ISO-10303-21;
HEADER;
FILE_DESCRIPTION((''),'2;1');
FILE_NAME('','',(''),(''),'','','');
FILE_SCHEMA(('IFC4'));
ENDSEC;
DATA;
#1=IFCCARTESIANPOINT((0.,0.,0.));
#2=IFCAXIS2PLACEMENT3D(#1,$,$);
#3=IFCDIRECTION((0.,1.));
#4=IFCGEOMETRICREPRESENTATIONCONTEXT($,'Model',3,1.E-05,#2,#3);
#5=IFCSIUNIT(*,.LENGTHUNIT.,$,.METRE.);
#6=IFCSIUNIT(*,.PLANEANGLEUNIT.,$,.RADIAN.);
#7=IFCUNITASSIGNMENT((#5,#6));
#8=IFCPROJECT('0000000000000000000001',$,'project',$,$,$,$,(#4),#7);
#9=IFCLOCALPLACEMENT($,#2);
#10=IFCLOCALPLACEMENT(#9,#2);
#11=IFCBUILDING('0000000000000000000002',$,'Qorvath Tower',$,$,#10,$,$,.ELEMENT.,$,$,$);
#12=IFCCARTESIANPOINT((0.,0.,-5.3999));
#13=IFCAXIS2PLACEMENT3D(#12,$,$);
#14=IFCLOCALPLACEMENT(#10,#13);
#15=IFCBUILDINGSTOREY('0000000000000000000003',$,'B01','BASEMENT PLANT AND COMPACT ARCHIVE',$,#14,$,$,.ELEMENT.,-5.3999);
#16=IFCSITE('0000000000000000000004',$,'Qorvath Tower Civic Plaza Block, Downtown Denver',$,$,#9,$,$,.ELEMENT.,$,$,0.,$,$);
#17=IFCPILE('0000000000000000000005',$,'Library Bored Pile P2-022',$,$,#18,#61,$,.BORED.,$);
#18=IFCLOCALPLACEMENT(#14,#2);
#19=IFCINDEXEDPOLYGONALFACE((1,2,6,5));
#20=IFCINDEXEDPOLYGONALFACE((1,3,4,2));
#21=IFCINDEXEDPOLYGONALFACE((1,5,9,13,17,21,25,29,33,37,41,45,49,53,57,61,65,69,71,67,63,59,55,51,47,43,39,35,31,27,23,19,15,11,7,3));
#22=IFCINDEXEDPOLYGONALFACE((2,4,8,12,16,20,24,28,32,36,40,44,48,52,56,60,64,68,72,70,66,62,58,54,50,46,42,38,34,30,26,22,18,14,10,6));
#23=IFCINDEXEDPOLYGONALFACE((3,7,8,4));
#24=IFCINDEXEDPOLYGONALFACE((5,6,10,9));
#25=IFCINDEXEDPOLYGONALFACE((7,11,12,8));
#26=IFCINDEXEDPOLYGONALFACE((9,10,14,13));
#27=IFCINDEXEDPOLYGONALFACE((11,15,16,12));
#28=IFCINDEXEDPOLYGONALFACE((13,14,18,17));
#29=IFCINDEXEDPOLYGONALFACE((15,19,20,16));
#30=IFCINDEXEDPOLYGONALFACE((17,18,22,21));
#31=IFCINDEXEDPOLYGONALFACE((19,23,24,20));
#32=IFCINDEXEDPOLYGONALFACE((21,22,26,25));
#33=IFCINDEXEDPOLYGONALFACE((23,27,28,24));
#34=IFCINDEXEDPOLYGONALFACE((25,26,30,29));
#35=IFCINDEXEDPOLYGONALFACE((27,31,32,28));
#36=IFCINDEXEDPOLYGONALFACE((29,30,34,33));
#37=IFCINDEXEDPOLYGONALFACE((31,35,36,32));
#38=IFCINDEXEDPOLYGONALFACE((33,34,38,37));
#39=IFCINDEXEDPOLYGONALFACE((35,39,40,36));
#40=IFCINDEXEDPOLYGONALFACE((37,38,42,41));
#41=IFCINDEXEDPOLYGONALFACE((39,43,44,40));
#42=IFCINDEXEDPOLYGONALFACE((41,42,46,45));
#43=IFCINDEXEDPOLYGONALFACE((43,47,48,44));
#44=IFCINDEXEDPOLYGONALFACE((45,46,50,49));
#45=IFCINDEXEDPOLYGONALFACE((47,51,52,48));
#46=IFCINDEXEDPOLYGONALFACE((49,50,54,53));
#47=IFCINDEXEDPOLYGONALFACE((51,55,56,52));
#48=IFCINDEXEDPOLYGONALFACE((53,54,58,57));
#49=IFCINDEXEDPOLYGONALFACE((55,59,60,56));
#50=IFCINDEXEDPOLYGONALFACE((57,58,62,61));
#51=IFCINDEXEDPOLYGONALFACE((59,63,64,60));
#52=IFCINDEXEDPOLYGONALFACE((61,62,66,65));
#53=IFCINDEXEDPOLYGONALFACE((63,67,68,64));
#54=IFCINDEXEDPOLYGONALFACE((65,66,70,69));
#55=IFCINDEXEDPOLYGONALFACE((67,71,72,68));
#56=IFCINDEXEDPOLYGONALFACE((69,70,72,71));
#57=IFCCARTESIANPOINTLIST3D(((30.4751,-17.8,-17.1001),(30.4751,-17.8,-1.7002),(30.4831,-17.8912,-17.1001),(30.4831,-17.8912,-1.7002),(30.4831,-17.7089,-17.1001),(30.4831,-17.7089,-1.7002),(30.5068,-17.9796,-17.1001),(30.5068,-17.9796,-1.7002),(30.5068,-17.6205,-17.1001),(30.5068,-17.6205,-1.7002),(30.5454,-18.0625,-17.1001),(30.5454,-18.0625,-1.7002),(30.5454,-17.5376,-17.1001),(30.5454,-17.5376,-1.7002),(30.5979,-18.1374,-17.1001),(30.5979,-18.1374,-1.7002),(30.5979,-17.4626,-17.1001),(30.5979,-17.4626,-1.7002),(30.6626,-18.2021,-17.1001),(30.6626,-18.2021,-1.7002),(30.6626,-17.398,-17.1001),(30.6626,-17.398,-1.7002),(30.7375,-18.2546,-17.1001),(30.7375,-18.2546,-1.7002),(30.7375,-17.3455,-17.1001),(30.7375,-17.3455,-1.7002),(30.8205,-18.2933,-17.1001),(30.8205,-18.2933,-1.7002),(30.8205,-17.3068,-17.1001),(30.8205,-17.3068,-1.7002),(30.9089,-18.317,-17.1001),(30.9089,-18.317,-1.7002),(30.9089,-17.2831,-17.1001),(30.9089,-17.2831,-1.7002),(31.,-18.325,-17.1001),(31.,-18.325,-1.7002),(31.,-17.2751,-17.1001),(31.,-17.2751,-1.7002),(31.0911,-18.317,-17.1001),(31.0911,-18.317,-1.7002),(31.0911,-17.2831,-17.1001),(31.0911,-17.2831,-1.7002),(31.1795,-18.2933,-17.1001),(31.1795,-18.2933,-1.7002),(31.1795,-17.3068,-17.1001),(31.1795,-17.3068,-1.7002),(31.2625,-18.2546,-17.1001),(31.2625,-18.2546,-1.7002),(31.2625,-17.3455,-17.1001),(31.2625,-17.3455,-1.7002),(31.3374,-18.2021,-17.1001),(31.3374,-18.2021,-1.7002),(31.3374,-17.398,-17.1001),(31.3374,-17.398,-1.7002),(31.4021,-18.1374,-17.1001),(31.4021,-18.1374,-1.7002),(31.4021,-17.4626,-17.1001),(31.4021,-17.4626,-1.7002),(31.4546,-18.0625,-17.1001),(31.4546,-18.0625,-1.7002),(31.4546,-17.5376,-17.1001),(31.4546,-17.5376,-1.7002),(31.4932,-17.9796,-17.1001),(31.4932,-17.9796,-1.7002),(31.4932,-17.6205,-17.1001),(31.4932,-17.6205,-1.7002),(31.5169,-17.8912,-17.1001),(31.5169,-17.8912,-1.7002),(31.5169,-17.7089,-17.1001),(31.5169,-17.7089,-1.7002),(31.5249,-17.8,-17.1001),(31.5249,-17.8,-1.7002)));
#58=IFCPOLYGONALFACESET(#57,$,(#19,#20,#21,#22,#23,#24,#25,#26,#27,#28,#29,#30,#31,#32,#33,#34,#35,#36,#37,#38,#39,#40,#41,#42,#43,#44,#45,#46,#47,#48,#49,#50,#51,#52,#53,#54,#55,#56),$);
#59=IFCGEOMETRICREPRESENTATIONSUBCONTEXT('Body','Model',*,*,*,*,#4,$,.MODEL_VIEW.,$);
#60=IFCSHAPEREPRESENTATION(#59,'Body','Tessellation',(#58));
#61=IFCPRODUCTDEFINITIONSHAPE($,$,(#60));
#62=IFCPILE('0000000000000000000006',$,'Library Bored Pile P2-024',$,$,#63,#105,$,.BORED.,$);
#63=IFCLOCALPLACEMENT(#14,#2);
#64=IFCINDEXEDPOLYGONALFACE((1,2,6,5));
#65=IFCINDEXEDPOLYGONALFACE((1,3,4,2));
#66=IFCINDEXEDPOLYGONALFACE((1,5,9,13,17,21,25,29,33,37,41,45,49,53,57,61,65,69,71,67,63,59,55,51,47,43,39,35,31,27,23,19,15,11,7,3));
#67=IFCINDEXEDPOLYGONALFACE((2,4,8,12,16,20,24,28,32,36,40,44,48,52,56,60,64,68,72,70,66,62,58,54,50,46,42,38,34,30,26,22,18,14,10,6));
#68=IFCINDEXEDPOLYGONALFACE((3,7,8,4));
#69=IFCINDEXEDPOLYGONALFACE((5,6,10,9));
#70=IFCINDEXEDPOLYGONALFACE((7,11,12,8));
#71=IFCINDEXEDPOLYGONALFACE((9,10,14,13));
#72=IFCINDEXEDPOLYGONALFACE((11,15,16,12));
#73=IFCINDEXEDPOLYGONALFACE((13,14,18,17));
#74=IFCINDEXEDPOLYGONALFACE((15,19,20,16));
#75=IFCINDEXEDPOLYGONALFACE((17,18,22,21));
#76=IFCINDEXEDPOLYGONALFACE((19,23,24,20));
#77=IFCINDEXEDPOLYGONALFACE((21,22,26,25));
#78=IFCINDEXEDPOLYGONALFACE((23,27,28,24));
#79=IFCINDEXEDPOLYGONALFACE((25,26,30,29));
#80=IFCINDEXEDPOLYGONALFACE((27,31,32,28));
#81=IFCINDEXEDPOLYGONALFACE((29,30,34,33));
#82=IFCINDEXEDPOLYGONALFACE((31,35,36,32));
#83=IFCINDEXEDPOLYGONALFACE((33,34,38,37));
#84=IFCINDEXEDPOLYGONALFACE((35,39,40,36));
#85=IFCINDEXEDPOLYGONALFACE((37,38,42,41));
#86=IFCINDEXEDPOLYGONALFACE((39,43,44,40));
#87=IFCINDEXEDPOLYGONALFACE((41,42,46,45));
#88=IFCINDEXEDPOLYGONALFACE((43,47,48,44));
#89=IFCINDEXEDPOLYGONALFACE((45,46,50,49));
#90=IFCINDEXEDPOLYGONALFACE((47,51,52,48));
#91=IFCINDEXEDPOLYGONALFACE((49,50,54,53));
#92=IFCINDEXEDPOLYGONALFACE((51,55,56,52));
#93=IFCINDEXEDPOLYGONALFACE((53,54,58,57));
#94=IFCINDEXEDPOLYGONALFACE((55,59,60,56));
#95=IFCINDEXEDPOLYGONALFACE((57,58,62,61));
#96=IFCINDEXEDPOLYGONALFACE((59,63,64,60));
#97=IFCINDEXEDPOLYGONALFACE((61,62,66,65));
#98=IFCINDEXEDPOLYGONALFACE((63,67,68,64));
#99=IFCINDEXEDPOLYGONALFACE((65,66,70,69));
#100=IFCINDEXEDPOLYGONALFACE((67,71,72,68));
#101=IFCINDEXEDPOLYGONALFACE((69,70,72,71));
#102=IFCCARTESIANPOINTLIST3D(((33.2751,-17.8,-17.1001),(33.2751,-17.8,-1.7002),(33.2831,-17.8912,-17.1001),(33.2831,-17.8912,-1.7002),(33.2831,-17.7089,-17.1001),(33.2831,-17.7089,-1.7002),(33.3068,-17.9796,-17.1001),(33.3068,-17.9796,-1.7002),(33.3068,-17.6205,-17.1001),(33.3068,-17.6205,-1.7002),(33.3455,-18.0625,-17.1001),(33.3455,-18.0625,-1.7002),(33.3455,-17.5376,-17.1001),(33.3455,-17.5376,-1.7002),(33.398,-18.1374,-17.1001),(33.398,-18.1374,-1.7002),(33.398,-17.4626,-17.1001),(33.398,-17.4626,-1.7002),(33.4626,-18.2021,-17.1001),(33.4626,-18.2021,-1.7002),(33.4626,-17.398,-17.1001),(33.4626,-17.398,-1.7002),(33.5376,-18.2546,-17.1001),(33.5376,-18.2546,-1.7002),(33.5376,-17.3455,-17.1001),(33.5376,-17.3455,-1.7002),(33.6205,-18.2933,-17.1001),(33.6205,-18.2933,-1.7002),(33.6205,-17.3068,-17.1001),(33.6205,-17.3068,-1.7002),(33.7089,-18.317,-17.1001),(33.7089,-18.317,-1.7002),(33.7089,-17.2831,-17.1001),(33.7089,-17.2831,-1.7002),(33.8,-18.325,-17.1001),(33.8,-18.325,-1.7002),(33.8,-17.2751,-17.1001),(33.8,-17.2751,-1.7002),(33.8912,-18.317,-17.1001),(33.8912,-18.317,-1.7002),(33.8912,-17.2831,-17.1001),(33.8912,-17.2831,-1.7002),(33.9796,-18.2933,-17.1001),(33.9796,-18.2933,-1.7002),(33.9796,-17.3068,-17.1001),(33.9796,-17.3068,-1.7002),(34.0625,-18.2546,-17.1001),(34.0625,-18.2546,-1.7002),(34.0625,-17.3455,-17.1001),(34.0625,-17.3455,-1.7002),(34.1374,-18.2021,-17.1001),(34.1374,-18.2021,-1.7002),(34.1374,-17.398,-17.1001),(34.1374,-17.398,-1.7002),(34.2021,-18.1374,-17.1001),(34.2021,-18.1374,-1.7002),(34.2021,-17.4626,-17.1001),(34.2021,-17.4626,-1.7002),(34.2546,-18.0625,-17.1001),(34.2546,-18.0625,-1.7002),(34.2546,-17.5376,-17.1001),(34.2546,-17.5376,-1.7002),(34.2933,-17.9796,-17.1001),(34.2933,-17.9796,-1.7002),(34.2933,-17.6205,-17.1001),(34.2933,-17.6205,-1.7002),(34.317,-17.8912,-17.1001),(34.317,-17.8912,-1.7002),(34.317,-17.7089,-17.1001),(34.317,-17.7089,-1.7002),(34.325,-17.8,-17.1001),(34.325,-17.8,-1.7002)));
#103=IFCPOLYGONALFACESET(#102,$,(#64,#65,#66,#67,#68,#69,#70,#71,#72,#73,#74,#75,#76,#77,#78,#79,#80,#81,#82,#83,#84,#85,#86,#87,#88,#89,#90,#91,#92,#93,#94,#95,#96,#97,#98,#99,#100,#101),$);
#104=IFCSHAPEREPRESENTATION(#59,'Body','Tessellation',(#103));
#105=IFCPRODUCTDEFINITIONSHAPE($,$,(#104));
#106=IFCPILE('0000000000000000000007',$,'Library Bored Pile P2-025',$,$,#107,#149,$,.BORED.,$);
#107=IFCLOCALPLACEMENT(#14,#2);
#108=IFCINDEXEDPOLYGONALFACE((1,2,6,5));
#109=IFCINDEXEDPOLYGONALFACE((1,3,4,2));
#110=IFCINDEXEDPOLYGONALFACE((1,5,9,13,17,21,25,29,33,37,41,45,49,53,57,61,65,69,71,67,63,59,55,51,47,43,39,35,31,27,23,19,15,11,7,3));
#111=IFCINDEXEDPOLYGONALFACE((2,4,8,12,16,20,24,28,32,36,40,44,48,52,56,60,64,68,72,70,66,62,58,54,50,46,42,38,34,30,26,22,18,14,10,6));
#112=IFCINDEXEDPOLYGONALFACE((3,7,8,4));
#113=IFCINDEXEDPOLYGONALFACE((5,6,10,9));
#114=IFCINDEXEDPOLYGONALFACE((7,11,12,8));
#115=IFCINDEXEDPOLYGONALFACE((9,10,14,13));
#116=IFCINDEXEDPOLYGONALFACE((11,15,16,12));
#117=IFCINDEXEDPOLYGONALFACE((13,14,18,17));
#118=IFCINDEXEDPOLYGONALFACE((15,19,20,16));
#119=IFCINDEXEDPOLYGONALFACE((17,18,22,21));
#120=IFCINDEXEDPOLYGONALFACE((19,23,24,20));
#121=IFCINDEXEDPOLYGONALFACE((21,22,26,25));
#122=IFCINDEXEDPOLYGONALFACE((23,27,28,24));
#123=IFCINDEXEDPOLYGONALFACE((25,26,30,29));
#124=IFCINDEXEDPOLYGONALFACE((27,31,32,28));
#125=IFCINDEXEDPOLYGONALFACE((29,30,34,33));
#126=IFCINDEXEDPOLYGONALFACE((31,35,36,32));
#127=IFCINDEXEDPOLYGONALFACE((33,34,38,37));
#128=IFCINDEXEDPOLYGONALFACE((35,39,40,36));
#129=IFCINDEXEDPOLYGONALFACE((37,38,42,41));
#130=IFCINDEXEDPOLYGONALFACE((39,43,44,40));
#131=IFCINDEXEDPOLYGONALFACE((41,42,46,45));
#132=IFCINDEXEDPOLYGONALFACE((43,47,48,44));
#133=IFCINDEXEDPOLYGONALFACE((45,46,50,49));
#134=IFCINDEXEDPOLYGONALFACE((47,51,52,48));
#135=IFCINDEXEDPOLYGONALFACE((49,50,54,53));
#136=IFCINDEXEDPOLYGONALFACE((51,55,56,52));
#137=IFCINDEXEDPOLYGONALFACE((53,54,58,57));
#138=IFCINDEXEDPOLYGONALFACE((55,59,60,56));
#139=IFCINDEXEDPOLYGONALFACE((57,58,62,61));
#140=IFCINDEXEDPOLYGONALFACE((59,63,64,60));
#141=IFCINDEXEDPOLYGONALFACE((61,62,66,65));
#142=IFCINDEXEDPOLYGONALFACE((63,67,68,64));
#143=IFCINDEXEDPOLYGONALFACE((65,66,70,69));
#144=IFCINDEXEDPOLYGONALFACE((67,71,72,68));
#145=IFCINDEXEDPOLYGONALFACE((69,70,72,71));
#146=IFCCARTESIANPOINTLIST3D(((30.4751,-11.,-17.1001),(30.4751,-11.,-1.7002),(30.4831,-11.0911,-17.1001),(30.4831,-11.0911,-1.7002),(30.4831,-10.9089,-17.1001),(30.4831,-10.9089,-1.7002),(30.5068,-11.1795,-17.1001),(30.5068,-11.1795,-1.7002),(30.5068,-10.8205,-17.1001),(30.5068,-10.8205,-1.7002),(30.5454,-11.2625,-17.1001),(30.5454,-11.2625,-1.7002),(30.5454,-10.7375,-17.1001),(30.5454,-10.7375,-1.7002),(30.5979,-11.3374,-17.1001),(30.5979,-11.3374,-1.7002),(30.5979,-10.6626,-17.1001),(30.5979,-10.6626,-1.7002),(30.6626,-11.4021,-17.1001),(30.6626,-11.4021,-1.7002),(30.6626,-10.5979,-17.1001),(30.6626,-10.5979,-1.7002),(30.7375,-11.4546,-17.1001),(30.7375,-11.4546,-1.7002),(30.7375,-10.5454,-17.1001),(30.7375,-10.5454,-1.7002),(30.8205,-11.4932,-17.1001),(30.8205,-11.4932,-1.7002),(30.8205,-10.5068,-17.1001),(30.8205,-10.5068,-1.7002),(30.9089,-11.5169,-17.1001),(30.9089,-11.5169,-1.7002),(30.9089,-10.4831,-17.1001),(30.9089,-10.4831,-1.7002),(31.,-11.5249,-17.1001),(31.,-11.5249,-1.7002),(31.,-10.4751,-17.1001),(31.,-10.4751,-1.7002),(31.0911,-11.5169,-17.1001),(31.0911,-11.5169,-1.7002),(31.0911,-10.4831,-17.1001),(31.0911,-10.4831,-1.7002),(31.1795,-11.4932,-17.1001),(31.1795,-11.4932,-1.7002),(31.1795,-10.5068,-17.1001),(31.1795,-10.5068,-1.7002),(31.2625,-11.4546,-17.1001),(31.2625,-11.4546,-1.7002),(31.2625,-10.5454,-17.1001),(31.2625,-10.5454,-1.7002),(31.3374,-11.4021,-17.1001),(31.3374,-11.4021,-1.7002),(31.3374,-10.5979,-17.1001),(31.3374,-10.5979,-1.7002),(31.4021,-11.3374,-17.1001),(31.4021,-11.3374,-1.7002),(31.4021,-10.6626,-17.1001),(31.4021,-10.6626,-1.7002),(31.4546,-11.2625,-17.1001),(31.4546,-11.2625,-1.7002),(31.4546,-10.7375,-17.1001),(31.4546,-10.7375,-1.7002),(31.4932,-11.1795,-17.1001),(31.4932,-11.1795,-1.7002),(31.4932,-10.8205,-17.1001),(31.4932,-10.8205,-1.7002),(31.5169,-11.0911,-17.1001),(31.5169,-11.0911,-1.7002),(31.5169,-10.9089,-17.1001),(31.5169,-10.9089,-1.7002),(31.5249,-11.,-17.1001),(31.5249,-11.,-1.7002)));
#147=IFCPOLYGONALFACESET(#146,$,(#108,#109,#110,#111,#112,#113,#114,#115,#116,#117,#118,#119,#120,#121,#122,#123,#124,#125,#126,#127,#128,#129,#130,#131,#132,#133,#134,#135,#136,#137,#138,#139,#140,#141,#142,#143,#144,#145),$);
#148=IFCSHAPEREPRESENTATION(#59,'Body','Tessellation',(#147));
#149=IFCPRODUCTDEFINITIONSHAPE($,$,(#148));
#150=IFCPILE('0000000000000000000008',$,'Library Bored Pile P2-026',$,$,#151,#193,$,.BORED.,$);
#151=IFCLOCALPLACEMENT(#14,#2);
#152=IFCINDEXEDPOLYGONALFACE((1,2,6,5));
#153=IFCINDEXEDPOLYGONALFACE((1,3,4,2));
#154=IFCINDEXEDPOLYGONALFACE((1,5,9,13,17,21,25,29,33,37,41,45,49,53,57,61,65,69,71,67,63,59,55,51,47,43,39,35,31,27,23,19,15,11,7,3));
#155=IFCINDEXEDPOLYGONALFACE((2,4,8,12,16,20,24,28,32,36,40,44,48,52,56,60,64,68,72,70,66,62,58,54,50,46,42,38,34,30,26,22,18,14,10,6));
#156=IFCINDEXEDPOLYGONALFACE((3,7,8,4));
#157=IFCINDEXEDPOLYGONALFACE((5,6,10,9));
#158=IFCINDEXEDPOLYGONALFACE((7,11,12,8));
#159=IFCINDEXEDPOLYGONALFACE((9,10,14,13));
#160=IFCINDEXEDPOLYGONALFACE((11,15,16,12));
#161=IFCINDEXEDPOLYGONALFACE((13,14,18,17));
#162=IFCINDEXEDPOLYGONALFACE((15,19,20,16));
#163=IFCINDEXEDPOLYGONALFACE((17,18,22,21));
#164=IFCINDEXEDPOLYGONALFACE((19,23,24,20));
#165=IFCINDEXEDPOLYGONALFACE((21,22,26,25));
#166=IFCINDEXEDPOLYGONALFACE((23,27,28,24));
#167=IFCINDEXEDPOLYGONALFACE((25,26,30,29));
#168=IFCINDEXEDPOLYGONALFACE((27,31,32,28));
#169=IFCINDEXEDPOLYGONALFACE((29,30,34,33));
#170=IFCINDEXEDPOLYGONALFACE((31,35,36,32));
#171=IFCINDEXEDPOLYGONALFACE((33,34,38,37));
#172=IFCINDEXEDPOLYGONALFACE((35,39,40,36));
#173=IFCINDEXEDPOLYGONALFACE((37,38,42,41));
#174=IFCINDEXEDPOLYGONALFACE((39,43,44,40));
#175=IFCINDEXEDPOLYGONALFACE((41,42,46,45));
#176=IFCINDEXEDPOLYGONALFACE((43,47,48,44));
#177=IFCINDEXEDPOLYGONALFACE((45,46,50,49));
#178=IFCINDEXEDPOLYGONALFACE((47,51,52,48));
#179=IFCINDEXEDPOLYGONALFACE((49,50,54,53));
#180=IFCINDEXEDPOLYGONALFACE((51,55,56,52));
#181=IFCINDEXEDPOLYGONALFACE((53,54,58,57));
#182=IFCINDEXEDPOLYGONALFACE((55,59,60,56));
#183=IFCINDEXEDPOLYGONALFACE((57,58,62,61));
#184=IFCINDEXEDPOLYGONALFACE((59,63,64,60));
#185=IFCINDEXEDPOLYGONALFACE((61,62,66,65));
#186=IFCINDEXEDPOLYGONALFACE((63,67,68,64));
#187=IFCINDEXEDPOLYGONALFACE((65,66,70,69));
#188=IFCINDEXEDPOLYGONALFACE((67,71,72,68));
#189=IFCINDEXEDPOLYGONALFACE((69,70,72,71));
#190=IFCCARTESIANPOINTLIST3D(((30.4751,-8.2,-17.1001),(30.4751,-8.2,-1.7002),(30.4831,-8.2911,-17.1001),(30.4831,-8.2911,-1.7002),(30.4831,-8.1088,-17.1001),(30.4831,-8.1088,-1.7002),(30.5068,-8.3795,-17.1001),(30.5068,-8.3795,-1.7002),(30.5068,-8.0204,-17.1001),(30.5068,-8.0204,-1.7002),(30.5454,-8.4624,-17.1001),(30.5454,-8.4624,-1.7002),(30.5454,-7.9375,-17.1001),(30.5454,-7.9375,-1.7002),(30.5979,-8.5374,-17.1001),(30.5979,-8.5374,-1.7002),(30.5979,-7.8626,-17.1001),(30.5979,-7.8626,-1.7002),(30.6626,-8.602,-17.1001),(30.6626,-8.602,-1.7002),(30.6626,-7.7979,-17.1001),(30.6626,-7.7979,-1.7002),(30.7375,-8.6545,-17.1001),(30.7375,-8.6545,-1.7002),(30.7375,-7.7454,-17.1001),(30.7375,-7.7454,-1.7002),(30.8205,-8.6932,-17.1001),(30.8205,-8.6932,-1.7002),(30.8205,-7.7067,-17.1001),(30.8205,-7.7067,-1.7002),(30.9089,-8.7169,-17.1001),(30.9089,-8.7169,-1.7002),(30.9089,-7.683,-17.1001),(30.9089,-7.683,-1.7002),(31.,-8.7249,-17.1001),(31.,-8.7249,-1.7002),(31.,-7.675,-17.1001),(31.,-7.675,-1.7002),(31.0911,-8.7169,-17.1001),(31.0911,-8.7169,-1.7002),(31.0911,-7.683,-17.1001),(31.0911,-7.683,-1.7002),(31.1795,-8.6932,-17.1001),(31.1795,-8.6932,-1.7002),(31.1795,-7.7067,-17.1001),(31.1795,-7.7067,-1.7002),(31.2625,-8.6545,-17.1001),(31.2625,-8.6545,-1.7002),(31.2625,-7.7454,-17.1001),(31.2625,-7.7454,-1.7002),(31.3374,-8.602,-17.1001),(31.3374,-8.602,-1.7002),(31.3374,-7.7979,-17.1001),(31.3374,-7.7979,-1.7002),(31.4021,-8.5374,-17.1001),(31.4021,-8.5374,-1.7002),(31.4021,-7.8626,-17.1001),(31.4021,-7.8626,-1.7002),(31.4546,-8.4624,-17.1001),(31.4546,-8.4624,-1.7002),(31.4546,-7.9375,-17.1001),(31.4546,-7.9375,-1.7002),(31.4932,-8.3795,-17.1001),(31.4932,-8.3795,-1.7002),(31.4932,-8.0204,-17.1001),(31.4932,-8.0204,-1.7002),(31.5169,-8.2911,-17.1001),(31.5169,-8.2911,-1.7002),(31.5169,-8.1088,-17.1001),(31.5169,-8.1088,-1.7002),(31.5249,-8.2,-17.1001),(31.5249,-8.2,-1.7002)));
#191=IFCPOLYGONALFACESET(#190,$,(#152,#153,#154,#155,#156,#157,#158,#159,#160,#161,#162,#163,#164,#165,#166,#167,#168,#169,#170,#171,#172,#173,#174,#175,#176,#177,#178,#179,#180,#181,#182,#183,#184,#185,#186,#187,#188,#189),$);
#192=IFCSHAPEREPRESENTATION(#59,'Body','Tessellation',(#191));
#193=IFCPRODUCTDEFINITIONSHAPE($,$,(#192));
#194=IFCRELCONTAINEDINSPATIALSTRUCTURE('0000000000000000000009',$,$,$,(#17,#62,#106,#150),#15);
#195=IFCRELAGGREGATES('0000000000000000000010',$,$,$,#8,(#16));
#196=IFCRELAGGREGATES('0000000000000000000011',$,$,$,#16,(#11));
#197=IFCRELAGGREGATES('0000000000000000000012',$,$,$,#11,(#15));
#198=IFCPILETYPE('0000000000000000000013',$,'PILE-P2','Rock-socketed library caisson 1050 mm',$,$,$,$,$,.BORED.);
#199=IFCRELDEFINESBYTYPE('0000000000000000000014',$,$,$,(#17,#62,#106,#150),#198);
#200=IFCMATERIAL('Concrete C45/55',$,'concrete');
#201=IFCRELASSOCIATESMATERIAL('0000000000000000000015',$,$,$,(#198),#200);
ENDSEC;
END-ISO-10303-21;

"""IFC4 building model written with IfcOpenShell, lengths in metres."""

from ifc_helpers import new_model, si_unit, direction, frame, origin, origin_2d, place, context, subcontext, project, spatial, circle, extrude, material, material_profile, profile_set, type_object, element, save


model = new_model("IFC4")

# Units and contexts
model_context = context("Model", 3, precision=1e-05, world=origin(), true_north=direction((0.0, 1.0)))
body_context = subcontext(model_context, "Body", "Model", "MODEL_VIEW")
ifc_project = project(units=[si_unit("LENGTHUNIT", "METRE"), si_unit("PLANEANGLEUNIT", "RADIAN")], contexts=[model_context])

# Site, building, storey
site_placement = place(None, origin())
site = spatial("IfcSite", under=ifc_project, at=site_placement, Name="Qorvath Tower Civic Plaza Block, Downtown Denver", CompositionType="ELEMENT", RefElevation=0.0)
building_placement = place(site_placement, origin())
building = spatial("IfcBuilding", under=site, at=building_placement, Name="Qorvath Tower", CompositionType="ELEMENT")
storey_placement = place(building_placement, frame((0.0, 0.0, -5.3999)))
storey = spatial("IfcBuildingStorey", under=building, at=storey_placement, Name="B01", Description="BASEMENT PLANT AND COMPACT ARCHIVE", CompositionType="ELEMENT", Elevation=-5.3999)

# Piles
ifc_material_1 = material(Name="Concrete C45/55", Category="concrete")
ifc_material_profile_1 = material_profile(ifc_material_1, circle(Radius=0.5249, at=origin_2d()), Name="BORED PILE 1050")
ifc_profile_set_1 = profile_set([ifc_material_profile_1], Name="Concrete C45/55")
pile_type_1 = type_object("IfcPileType", Name="PILE-P2", Description="Rock-socketed library caisson 1050 mm", PredefinedType="BORED", material=ifc_profile_set_1)
for number, where, z_axis, x_axis, name in (
    (1, (31.0, -17.8, -1.7002), (0.0, 0.0, -1.0), (1.0, 0.0, 0.0), "Library Bored Pile P2-022"),
    (2, (33.8, -17.8, -1.7002), (0.0, 0.0, -1.0), (1.0, 0.0, 0.0), "Library Bored Pile P2-024"),
    (3, (31.0, -11.0, -1.7002), (0.0, 0.0, -1.0), (1.0, 0.0, 0.0), "Library Bored Pile P2-025"),
    (4, (31.0, -8.2, -1.7002), (0.0, 0.0, -1.0), (1.0, 0.0, 0.0), "Library Bored Pile P2-026"),
):
    element("IfcPile", number, at=place(storey_placement, frame(where, z_axis=z_axis, x_axis=x_axis)), inside=storey, type_object=pile_type_1, Name=name, PredefinedType="BORED", context=body_context, shape_type="SweptSolid", body=[
        extrude(circle(Radius=0.5249, at=origin_2d()), origin(), (0.0, 0.0, 1.0), 15.3999),
    ])

save(model, "model.ifc")
